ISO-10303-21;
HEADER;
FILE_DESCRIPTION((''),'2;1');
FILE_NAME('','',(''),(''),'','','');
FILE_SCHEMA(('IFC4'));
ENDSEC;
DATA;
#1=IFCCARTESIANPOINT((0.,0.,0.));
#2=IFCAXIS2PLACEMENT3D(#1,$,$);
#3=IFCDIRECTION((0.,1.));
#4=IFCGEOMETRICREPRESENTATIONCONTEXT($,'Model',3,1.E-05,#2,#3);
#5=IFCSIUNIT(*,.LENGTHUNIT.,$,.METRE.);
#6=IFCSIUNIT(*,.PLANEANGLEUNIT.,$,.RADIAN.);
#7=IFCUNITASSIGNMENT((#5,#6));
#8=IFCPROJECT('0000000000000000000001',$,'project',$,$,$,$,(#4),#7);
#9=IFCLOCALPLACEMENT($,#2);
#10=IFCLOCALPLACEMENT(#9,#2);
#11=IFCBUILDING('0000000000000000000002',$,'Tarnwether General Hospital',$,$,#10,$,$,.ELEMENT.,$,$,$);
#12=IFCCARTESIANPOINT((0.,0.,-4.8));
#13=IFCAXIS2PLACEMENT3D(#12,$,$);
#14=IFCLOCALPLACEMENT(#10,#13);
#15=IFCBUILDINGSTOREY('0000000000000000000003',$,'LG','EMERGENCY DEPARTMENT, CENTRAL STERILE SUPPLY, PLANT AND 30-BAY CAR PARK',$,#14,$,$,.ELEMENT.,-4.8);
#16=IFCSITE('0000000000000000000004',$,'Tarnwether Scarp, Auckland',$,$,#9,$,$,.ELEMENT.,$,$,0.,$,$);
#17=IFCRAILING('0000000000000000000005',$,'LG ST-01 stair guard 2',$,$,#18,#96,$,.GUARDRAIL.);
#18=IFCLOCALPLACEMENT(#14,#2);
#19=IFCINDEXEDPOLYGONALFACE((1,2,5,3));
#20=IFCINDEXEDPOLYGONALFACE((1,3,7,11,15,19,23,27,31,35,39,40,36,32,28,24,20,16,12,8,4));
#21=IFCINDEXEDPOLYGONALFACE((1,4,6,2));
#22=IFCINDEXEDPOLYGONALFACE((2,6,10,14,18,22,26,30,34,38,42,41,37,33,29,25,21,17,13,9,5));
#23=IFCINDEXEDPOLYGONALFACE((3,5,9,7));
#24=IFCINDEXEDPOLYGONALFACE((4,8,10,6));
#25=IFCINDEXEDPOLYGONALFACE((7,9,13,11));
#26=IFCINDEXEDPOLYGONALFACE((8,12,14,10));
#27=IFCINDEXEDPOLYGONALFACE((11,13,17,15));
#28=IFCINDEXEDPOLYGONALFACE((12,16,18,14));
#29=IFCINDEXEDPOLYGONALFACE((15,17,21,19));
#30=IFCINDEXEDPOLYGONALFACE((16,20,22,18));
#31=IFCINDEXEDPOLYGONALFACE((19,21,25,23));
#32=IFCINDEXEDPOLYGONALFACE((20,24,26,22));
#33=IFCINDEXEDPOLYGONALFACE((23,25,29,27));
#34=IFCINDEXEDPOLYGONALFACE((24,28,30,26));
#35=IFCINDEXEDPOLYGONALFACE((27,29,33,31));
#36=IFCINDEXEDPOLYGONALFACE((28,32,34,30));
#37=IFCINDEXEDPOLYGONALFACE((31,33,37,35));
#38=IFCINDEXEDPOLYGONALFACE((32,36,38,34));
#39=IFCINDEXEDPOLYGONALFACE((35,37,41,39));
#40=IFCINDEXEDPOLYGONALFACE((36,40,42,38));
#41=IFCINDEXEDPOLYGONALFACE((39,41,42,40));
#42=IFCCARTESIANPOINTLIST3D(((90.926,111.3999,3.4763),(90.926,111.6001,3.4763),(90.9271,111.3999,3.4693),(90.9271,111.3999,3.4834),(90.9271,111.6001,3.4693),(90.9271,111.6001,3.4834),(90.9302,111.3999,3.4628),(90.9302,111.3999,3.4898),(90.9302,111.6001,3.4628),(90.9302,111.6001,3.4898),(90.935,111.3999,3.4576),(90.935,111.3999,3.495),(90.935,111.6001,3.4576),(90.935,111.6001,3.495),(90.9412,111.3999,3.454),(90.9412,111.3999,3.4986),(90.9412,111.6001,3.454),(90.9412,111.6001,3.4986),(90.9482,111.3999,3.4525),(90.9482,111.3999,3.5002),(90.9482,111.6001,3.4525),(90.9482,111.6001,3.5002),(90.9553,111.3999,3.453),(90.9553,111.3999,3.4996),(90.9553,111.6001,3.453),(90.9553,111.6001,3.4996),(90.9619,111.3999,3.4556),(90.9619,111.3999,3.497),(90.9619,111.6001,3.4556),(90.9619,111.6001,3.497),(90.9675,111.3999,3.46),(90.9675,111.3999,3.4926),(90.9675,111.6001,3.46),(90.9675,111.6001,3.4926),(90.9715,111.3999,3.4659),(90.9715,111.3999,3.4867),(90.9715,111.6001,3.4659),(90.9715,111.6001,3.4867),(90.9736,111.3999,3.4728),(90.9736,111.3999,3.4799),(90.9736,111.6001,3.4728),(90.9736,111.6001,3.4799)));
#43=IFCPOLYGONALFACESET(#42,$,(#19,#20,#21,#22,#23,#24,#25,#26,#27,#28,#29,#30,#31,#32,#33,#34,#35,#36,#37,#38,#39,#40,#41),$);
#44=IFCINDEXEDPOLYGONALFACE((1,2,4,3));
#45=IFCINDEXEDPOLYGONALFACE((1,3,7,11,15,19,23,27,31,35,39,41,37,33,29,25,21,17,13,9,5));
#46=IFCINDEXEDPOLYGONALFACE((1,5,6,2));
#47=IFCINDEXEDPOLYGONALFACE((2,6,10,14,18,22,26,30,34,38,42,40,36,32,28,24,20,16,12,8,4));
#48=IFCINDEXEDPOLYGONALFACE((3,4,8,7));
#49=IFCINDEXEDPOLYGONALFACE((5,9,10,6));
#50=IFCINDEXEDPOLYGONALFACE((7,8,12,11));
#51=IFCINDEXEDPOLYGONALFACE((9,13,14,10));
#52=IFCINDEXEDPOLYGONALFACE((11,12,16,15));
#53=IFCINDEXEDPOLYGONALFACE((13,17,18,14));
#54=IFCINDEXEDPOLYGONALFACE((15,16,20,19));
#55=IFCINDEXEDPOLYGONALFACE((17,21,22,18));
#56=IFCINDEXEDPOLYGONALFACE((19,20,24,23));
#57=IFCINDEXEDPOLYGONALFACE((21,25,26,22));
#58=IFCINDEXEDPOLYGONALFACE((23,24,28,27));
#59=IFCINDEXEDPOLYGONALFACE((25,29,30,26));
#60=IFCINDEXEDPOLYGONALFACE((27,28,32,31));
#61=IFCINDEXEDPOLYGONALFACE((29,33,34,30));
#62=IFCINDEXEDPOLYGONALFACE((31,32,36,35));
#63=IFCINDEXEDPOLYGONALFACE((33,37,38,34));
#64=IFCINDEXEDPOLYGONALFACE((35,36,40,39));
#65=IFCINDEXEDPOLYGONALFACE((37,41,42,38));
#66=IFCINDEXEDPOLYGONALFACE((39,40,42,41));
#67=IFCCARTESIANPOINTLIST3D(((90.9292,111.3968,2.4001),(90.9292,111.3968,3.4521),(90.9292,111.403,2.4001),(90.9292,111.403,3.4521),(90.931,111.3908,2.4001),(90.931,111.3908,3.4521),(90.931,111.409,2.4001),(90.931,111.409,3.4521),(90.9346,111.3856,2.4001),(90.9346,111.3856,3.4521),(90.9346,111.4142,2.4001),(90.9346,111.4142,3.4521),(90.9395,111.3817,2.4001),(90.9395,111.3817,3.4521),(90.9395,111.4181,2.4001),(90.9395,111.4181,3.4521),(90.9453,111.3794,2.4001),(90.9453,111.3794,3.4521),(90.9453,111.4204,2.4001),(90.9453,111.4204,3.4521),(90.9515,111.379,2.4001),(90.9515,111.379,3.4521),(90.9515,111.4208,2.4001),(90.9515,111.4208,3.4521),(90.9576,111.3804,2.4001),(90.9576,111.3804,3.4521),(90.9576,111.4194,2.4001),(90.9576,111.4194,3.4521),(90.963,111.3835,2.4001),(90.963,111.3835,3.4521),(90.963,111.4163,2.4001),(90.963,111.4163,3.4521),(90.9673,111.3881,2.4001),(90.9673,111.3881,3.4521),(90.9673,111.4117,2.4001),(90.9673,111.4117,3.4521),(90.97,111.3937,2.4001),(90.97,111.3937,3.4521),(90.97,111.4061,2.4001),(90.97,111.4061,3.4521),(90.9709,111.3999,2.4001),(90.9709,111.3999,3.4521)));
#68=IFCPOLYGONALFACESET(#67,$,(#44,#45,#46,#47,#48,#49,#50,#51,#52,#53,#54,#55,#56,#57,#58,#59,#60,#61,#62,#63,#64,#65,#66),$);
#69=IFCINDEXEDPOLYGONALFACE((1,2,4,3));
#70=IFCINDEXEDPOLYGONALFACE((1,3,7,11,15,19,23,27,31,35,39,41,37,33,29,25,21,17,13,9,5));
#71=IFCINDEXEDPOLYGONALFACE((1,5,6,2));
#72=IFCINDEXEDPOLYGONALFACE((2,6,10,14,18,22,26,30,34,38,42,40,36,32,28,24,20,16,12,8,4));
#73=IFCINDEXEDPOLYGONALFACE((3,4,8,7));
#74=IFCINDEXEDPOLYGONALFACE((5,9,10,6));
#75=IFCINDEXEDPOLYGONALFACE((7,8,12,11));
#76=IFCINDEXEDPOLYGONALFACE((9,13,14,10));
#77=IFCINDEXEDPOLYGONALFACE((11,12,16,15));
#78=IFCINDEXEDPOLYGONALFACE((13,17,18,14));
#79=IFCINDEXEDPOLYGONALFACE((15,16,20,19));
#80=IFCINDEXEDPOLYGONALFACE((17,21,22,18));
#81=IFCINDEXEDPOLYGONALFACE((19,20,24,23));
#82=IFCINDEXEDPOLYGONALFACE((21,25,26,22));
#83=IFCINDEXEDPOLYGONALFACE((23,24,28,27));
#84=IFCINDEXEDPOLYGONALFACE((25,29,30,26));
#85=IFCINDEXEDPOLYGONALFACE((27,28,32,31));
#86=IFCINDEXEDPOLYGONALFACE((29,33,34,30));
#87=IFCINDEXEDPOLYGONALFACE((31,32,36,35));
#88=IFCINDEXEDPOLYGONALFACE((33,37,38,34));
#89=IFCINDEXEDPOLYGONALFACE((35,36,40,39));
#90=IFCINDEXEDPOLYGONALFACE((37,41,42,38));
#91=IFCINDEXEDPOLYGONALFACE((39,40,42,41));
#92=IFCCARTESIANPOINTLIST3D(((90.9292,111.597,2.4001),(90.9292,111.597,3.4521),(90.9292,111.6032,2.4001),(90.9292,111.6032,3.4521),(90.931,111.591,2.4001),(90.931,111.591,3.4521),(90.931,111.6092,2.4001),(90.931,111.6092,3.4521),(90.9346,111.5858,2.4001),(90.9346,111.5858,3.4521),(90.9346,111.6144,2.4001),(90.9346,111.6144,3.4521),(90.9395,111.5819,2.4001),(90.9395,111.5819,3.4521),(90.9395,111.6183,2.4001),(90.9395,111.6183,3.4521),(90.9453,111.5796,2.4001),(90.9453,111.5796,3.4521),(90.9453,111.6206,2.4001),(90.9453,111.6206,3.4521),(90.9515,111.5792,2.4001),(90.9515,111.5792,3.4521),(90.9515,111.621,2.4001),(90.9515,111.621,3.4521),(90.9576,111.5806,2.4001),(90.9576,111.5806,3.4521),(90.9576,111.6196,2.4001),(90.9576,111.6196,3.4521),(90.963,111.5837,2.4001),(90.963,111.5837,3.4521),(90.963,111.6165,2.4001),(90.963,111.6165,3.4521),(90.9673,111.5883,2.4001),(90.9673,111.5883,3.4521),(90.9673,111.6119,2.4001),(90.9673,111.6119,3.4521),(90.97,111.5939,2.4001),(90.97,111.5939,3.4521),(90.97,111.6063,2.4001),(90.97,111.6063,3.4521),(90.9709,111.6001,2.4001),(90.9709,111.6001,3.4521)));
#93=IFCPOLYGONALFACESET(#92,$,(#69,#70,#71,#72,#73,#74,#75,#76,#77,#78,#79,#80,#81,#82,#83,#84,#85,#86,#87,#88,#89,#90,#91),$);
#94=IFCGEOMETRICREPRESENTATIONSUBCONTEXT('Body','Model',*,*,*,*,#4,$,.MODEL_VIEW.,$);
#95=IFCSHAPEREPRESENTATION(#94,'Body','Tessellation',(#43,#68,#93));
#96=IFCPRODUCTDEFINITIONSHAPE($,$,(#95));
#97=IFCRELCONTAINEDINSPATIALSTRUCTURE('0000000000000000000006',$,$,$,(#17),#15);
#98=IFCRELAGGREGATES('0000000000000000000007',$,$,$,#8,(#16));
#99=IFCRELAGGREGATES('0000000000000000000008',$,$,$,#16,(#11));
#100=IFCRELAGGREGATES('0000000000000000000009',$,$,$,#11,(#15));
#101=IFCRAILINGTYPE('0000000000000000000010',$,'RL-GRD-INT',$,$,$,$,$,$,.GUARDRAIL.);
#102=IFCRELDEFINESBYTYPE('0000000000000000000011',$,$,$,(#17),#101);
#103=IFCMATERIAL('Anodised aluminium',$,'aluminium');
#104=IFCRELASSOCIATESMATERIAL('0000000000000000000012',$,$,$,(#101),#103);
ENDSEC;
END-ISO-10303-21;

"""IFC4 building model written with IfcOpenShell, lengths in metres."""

from ifc_helpers import new_model, si_unit, direction, frame, origin, origin_2d, place, context, subcontext, project, spatial, circle, extrude, material, type_object, element, save


model = new_model("IFC4")

# Units and contexts
model_context = context("Model", 3, precision=1e-05, world=origin(), true_north=direction((0.0, 1.0)))
body_context = subcontext(model_context, "Body", "Model", "MODEL_VIEW")
ifc_project = project(units=[si_unit("LENGTHUNIT", "METRE"), si_unit("PLANEANGLEUNIT", "RADIAN")], contexts=[model_context])

# Site, building, storey
site_placement = place(None, origin())
site = spatial("IfcSite", under=ifc_project, at=site_placement, Name="Tarnwether Scarp, Auckland", CompositionType="ELEMENT", RefElevation=0.0)
building_placement = place(site_placement, origin())
building = spatial("IfcBuilding", under=site, at=building_placement, Name="Tarnwether General Hospital", CompositionType="ELEMENT")
storey_placement = place(building_placement, frame((0.0, 0.0, -4.8)))
storey = spatial("IfcBuildingStorey", under=building, at=storey_placement, Name="LG", Description="EMERGENCY DEPARTMENT, CENTRAL STERILE SUPPLY, PLANT AND 30-BAY CAR PARK", CompositionType="ELEMENT", Elevation=-4.8)

# Railing
ifc_material_1 = material(Name="Anodised aluminium", Category="aluminium")
railing_type_1 = type_object("IfcRailingType", Name="RL-GRD-INT", PredefinedType="GUARDRAIL", material=ifc_material_1)
railing_1_placement = place(storey_placement, frame((90.95, 111.3999, 2.4001)))
element("IfcRailing", 1, at=railing_1_placement, inside=storey, type_object=railing_type_1, Name="LG ST-01 stair guard 2", PredefinedType="GUARDRAIL", context=body_context, shape_type="SweptSolid", body=[
    extrude(circle(Radius=0.0239, at=origin_2d()), frame((0.0, 0.0, 1.0762), z_axis=(0.0, 1.0, 0.0), x_axis=(-1.0, 0.0, 0.0)), (0.0, 0.0, 1.0), 0.2002),
    extrude(circle(Radius=0.021, at=origin_2d()), origin(), (0.0, 0.0, 1.0), 1.052),
    extrude(circle(Radius=0.021, at=origin_2d()), frame((0.0, 0.2002, 0.0)), (0.0, 0.0, 1.0), 1.052),
])

save(model, "model.ifc")
